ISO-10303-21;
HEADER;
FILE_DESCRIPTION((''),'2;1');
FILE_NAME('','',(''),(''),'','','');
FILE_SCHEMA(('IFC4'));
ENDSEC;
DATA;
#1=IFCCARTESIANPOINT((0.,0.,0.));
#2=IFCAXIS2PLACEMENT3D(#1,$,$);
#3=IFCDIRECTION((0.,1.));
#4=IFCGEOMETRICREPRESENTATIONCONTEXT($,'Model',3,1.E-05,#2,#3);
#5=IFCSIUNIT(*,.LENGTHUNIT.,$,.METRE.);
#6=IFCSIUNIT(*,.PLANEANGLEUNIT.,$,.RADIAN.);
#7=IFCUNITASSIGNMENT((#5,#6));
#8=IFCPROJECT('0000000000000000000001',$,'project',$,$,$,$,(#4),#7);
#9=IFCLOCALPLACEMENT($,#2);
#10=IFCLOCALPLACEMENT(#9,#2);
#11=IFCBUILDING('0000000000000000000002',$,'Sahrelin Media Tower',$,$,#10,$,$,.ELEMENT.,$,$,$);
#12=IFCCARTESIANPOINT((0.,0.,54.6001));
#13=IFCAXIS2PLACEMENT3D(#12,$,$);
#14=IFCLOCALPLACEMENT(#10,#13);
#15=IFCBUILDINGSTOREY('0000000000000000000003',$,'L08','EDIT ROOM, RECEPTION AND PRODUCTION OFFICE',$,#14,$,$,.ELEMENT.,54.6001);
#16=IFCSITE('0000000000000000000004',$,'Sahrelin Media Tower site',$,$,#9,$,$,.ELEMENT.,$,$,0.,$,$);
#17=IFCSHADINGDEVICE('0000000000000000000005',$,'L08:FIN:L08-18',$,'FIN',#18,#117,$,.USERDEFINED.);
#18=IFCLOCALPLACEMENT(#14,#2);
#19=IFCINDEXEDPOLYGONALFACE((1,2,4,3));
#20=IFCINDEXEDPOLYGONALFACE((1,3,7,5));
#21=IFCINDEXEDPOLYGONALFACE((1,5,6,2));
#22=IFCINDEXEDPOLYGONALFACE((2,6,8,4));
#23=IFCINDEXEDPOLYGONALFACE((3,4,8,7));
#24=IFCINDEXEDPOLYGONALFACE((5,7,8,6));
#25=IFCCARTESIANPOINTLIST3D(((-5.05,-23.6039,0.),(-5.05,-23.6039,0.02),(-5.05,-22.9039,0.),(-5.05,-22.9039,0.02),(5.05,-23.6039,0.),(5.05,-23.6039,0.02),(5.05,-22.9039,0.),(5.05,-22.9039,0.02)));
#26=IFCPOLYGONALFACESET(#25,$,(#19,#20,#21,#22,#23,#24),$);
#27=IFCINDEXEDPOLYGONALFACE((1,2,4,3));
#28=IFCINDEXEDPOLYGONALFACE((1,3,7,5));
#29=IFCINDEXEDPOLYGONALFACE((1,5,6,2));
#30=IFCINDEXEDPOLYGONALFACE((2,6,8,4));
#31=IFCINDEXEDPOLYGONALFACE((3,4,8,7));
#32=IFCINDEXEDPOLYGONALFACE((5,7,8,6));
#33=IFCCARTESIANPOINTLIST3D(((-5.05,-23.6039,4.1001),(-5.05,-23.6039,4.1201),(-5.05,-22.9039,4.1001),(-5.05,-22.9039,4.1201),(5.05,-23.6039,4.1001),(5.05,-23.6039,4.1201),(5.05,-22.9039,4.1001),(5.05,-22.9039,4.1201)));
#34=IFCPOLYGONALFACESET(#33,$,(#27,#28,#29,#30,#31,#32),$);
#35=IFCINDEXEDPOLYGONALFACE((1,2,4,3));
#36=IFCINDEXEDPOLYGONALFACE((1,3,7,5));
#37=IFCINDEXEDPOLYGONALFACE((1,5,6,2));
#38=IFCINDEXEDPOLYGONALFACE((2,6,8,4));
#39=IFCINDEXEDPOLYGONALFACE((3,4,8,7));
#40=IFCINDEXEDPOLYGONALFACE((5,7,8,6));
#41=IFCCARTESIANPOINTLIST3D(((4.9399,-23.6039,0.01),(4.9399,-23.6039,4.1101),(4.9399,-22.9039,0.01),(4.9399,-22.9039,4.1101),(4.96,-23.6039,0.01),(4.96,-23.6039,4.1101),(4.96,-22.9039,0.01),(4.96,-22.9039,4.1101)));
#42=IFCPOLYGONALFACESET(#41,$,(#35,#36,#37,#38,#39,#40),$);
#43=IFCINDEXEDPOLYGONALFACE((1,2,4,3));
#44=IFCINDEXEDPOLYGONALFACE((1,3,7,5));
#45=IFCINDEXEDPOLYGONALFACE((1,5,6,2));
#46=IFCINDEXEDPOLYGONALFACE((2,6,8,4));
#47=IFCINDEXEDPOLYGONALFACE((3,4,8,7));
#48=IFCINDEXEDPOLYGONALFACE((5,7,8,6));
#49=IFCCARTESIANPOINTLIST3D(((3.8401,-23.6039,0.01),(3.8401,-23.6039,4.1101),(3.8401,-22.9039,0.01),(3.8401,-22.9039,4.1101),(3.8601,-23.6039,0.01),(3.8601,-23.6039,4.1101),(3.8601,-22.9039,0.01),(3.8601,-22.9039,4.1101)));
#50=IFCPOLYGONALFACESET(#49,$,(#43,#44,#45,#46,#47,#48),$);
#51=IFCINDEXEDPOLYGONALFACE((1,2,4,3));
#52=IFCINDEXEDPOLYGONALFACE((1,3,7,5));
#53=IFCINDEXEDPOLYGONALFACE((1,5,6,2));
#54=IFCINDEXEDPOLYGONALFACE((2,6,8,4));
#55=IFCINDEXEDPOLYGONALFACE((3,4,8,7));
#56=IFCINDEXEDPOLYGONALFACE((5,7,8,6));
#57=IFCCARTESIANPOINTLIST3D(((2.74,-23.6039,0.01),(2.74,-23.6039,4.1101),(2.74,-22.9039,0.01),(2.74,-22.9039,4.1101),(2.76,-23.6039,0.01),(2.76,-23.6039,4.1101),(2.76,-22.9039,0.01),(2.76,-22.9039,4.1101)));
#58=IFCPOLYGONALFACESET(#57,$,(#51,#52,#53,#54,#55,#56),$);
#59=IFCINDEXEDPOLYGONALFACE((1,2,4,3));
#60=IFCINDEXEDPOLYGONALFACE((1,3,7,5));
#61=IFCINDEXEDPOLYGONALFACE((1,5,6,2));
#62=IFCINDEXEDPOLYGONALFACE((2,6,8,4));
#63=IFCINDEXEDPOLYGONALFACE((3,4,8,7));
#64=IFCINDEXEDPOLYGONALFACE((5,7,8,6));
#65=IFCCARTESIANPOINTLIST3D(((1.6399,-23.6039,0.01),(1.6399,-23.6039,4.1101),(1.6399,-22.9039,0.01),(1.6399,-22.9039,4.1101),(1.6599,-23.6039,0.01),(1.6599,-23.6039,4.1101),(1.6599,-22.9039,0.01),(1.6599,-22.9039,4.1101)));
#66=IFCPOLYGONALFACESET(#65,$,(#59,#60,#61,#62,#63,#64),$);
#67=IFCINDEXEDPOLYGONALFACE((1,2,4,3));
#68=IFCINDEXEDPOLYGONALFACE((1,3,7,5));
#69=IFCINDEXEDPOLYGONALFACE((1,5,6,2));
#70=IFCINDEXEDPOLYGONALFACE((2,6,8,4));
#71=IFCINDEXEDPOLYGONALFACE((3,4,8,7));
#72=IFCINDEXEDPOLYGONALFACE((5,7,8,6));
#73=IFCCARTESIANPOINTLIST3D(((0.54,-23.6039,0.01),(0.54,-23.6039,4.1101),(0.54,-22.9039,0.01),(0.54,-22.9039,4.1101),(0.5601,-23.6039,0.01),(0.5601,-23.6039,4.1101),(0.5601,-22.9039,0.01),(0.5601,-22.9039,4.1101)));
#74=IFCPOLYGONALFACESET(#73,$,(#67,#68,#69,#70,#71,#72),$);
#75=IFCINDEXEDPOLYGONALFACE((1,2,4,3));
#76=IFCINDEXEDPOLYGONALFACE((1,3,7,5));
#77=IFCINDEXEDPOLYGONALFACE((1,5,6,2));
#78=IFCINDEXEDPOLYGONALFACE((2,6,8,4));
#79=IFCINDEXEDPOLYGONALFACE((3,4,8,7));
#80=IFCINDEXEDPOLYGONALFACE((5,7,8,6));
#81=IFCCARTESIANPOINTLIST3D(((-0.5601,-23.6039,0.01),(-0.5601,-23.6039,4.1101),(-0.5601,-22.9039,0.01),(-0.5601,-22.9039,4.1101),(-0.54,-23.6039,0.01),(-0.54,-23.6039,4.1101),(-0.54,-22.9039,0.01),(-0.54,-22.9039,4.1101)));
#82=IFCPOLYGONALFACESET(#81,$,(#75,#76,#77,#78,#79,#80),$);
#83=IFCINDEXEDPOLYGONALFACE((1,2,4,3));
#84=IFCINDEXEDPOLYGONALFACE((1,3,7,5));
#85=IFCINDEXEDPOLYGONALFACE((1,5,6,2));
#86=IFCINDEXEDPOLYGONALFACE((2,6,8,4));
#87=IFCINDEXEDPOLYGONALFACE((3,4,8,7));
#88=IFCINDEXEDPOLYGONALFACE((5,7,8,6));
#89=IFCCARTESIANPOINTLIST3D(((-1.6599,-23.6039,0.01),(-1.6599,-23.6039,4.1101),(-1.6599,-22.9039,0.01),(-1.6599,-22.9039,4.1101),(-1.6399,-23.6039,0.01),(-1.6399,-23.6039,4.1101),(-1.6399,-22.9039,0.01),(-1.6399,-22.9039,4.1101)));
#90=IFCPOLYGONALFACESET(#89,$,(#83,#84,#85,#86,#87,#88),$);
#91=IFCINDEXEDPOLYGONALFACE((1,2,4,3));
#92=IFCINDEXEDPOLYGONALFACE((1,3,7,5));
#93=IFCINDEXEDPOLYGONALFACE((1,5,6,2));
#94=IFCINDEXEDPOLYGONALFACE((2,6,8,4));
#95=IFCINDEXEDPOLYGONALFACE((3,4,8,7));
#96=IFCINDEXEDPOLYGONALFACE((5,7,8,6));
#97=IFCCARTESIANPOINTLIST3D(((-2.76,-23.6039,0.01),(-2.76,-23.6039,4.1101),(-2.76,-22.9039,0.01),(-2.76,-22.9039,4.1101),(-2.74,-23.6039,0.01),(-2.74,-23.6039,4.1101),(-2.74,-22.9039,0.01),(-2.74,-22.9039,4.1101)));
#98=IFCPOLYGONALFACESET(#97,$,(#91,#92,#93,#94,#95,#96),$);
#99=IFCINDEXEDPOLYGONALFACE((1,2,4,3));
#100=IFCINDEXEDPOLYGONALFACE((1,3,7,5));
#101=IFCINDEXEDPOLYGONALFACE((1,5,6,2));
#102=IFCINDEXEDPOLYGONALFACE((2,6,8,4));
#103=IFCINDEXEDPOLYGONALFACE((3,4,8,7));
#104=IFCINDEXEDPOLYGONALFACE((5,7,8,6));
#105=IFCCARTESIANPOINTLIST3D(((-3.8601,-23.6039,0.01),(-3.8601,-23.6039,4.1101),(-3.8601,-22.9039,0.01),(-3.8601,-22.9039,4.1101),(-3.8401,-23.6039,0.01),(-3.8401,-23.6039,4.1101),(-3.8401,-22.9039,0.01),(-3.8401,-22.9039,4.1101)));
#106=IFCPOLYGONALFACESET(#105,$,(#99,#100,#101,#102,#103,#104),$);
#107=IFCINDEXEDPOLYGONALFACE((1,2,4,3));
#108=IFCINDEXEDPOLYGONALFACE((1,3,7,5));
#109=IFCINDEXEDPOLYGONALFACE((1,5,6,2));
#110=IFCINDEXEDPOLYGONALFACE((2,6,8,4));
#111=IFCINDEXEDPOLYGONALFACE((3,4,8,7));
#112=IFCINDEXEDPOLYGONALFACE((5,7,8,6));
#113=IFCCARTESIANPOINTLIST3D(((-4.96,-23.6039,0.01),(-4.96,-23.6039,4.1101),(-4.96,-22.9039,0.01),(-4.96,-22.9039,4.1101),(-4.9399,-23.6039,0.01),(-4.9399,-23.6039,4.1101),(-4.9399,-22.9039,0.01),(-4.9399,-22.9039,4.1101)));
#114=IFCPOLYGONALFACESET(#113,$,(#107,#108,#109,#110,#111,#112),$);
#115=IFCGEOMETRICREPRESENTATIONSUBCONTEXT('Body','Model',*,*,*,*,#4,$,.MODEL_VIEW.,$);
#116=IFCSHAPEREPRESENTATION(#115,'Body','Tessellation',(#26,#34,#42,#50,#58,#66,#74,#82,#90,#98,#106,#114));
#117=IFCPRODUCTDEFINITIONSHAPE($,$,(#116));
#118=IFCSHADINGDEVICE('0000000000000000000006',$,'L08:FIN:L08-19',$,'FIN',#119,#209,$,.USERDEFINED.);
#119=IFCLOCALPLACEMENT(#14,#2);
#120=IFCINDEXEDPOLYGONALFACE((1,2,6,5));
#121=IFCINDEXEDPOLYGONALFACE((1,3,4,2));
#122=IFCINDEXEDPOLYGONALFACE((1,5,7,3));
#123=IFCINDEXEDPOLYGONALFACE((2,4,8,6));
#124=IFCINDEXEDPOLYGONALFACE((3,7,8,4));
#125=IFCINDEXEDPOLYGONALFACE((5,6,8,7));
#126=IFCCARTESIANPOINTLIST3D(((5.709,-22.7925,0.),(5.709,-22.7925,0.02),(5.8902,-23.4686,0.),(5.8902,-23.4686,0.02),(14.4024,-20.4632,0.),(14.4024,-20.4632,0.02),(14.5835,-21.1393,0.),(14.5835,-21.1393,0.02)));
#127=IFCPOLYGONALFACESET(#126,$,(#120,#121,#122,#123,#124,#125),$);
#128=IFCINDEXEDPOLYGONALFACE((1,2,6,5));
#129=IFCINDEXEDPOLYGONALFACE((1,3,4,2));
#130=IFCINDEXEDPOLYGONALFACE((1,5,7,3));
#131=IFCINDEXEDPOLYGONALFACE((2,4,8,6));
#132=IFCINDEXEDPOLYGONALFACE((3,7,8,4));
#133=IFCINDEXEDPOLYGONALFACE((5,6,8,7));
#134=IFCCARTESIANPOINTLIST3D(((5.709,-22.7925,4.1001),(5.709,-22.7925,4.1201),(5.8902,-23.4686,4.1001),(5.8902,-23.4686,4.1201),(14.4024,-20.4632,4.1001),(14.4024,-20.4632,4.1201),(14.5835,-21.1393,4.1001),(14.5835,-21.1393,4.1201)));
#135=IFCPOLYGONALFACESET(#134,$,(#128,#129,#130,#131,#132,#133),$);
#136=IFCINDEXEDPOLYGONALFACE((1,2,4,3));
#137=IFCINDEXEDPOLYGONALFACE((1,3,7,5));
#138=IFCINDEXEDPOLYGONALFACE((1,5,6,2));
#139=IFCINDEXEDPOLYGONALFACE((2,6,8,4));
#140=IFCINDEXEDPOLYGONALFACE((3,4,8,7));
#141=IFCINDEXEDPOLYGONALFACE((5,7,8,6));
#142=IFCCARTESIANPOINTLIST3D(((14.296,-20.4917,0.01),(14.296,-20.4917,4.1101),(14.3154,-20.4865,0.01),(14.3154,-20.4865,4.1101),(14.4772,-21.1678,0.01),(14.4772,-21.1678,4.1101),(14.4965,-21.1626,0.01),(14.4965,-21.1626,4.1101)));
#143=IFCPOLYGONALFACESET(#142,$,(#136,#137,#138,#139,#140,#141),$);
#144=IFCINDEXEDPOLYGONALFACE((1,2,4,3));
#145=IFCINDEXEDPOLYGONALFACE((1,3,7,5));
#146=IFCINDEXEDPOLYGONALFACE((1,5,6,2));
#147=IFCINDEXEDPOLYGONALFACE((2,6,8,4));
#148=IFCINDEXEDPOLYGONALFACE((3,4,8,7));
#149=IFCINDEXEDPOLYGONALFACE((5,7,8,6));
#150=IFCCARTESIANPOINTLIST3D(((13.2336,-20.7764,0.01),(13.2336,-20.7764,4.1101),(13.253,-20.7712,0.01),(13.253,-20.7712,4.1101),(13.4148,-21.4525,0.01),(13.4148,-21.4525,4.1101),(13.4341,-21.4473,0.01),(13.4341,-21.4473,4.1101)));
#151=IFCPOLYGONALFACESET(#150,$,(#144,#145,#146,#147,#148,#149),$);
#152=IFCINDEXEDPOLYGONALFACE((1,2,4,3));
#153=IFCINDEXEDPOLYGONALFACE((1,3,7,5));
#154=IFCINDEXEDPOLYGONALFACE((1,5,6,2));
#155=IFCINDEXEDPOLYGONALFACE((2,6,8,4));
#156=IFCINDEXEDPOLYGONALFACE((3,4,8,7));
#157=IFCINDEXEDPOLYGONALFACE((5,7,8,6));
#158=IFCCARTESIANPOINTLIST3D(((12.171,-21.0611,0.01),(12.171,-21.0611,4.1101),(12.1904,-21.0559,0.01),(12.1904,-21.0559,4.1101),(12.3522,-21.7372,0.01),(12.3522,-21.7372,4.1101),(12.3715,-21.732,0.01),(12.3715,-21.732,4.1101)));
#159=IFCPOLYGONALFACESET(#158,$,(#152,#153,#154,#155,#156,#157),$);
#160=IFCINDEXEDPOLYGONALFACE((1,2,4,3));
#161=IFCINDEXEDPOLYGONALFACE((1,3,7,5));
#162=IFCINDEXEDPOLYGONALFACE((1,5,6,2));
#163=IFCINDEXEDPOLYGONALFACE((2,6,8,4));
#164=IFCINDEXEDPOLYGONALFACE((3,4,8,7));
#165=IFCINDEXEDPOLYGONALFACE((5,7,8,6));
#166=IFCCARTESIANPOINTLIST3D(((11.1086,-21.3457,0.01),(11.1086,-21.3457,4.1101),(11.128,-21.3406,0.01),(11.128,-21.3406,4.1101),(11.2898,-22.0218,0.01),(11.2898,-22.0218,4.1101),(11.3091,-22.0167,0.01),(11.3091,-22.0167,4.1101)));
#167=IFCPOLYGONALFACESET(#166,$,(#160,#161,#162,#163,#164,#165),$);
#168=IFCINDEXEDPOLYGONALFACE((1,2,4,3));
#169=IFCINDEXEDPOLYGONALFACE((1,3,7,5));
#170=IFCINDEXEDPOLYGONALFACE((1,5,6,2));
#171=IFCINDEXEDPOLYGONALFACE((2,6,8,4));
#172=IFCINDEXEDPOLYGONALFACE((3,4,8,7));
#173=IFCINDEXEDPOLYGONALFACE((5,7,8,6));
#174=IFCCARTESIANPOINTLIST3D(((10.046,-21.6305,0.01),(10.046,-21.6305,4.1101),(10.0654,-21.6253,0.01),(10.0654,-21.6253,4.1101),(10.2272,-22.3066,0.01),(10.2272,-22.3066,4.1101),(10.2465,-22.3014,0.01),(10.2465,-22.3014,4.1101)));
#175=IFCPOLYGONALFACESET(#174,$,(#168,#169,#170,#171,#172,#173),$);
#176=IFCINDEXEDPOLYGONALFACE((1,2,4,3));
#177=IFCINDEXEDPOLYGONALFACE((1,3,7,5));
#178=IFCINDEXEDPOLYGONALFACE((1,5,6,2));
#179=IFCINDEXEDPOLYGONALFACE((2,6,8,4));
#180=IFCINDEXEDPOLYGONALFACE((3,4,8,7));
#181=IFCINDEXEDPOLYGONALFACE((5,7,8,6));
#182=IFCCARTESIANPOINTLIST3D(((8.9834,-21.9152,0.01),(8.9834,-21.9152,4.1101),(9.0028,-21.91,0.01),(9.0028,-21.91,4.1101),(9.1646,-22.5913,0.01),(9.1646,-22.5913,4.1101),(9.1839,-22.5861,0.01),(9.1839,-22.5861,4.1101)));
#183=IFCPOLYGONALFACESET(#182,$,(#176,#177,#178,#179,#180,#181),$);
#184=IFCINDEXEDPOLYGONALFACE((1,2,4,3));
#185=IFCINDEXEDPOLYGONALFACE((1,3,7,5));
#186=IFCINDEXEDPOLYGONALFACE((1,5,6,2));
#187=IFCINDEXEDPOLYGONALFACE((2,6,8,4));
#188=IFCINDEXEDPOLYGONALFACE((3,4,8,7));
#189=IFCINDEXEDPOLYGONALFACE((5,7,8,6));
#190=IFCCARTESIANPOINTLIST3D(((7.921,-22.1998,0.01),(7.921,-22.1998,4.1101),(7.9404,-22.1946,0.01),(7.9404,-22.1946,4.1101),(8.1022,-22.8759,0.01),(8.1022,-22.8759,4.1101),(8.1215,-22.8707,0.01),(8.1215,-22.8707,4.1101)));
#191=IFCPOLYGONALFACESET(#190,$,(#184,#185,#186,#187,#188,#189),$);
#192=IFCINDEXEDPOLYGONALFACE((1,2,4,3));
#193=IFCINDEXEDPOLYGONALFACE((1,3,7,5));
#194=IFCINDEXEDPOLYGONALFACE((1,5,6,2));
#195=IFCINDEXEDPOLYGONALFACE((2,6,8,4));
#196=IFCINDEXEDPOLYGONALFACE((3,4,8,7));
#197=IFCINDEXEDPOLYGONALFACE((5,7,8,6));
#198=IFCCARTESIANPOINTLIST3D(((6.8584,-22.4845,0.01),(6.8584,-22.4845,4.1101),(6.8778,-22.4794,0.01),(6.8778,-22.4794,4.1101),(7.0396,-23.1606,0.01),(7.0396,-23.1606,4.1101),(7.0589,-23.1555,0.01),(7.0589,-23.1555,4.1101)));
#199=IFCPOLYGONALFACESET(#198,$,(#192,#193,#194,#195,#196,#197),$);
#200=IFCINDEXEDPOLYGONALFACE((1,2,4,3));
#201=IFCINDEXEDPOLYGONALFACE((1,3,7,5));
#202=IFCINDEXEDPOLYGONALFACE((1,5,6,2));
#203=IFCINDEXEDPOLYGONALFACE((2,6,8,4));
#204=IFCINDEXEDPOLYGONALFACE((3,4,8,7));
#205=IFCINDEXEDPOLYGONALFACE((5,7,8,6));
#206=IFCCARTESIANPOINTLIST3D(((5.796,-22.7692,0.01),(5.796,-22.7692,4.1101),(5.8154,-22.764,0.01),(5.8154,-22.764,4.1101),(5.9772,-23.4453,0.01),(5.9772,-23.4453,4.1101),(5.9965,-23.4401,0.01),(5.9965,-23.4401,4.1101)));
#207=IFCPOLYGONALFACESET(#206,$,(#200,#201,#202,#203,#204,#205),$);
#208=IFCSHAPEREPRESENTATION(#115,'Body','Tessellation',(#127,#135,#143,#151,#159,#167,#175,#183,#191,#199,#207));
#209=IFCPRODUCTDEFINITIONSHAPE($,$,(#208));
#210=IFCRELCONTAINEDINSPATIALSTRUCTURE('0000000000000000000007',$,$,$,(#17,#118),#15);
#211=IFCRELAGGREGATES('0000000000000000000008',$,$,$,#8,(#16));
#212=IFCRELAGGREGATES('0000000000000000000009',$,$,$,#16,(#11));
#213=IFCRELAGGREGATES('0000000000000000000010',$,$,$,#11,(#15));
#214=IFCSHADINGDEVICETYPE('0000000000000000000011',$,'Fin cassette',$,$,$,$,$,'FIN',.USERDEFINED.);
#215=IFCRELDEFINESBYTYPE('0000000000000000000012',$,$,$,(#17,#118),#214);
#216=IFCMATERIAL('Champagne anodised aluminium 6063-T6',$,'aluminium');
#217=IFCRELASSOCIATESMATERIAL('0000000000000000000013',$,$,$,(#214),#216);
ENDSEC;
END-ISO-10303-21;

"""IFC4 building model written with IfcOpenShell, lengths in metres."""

from ifc_helpers import new_model, si_unit, direction, frame, origin, origin_2d, place, context, subcontext, project, spatial, rectangle, extrude, material, type_object, element, save


model = new_model("IFC4")

# Units and contexts
model_context = context("Model", 3, precision=1e-05, world=origin(), true_north=direction((0.0, 1.0)))
body_context = subcontext(model_context, "Body", "Model", "MODEL_VIEW")
ifc_project = project(units=[si_unit("LENGTHUNIT", "METRE"), si_unit("PLANEANGLEUNIT", "RADIAN")], contexts=[model_context])

# Site, building, storey
site_placement = place(None, origin())
site = spatial("IfcSite", under=ifc_project, at=site_placement, Name="Sahrelin Media Tower site", CompositionType="ELEMENT", RefElevation=0.0)
building_placement = place(site_placement, origin())
building = spatial("IfcBuilding", under=site, at=building_placement, Name="Sahrelin Media Tower", CompositionType="ELEMENT")
storey_placement = place(building_placement, frame((0.0, 0.0, 54.6001)))
storey = spatial("IfcBuildingStorey", under=building, at=storey_placement, Name="L08", Description="EDIT ROOM, RECEPTION AND PRODUCTION OFFICE", CompositionType="ELEMENT", Elevation=54.6001)

# Shared definitions
ifc_material_1 = material(Name="Champagne anodised aluminium 6063-T6", Category="aluminium")

# Shading devices
shading_device_type_1 = type_object("IfcShadingDeviceType", Name="Fin cassette", ElementType="FIN", PredefinedType="USERDEFINED", material=ifc_material_1)
placement_1 = place(storey_placement, frame((0.0, -22.834, 0.0), z_axis=(0.0, 0.0, 1.0), x_axis=(-1.0, 0.0, 0.0)))
element("IfcShadingDevice", 1, at=placement_1, inside=storey, type_object=shading_device_type_1, Name="L08:FIN:L08-18", ObjectType="FIN", PredefinedType="USERDEFINED", context=body_context, shape_type="SweptSolid", body=[
    extrude(rectangle(XDim=10.1001, YDim=0.7, at=origin_2d()), frame((0.0, 0.4199, 0.0)), (0.0, 0.0, 1.0), 0.02),
    extrude(rectangle(XDim=10.1001, YDim=0.7, at=origin_2d()), frame((0.0, 0.4199, 4.1001)), (0.0, 0.0, 1.0), 0.02),
    extrude(rectangle(XDim=0.02, YDim=0.7, at=origin_2d()), frame((-4.95, 0.4199, 0.01), z_axis=(0.0, 0.0, 1.0), x_axis=(1.0, 0.0, 0.0)), (0.0, 0.0, 1.0), 4.1001),
    extrude(rectangle(XDim=0.02, YDim=0.7, at=origin_2d()), frame((-3.8501, 0.4199, 0.01), z_axis=(0.0, 0.0, 1.0), x_axis=(1.0, 0.0, 0.0)), (0.0, 0.0, 1.0), 4.1001),
    extrude(rectangle(XDim=0.02, YDim=0.7, at=origin_2d()), frame((-2.75, 0.4199, 0.01), z_axis=(0.0, 0.0, 1.0), x_axis=(1.0, 0.0, 0.0)), (0.0, 0.0, 1.0), 4.1001),
    extrude(rectangle(XDim=0.02, YDim=0.7, at=origin_2d()), frame((-1.6499, 0.4199, 0.01), z_axis=(0.0, 0.0, 1.0), x_axis=(1.0, 0.0, 0.0)), (0.0, 0.0, 1.0), 4.1001),
    extrude(rectangle(XDim=0.02, YDim=0.7, at=origin_2d()), frame((-0.55, 0.4199, 0.01), z_axis=(0.0, 0.0, 1.0), x_axis=(1.0, 0.0, 0.0)), (0.0, 0.0, 1.0), 4.1001),
    extrude(rectangle(XDim=0.02, YDim=0.7, at=origin_2d()), frame((0.55, 0.4199, 0.01), z_axis=(0.0, 0.0, 1.0), x_axis=(1.0, 0.0, 0.0)), (0.0, 0.0, 1.0), 4.1001),
    extrude(rectangle(XDim=0.02, YDim=0.7, at=origin_2d()), frame((1.6499, 0.4199, 0.01), z_axis=(0.0, 0.0, 1.0), x_axis=(1.0, 0.0, 0.0)), (0.0, 0.0, 1.0), 4.1001),
    extrude(rectangle(XDim=0.02, YDim=0.7, at=origin_2d()), frame((2.75, 0.4199, 0.01), z_axis=(0.0, 0.0, 1.0), x_axis=(1.0, 0.0, 0.0)), (0.0, 0.0, 1.0), 4.1001),
    extrude(rectangle(XDim=0.02, YDim=0.7, at=origin_2d()), frame((3.8501, 0.4199, 0.01), z_axis=(0.0, 0.0, 1.0), x_axis=(1.0, 0.0, 0.0)), (0.0, 0.0, 1.0), 4.1001),
    extrude(rectangle(XDim=0.02, YDim=0.7, at=origin_2d()), frame((4.95, 0.4199, 0.01), z_axis=(0.0, 0.0, 1.0), x_axis=(1.0, 0.0, 0.0)), (0.0, 0.0, 1.0), 4.1001),
])
placement_2 = place(storey_placement, frame((10.0376, -21.5603, 0.0), z_axis=(0.0, 0.0, 1.0), x_axis=(-0.965929, -0.258808, 0.0)))
element("IfcShadingDevice", 2, at=placement_2, inside=storey, type_object=shading_device_type_1, Name="L08:FIN:L08-19", ObjectType="FIN", PredefinedType="USERDEFINED", context=body_context, shape_type="SweptSolid", body=[
    extrude(rectangle(XDim=9.0, YDim=0.7, at=origin_2d()), frame((0.0, 0.4199, 0.0)), (0.0, 0.0, 1.0), 0.02),
    extrude(rectangle(XDim=9.0, YDim=0.7, at=origin_2d()), frame((0.0, 0.4199, 4.1001)), (0.0, 0.0, 1.0), 0.02),
    extrude(rectangle(XDim=0.02, YDim=0.7, at=origin_2d()), frame((-4.3999, 0.4199, 0.01), z_axis=(0.0, 0.0, 1.0), x_axis=(1.0, 0.0, 0.0)), (0.0, 0.0, 1.0), 4.1001),
    extrude(rectangle(XDim=0.02, YDim=0.7, at=origin_2d()), frame((-3.3, 0.4199, 0.01), z_axis=(0.0, 0.0, 1.0), x_axis=(1.0, 0.0, 0.0)), (0.0, 0.0, 1.0), 4.1001),
    extrude(rectangle(XDim=0.02, YDim=0.7, at=origin_2d()), frame((-2.2, 0.4199, 0.01), z_axis=(0.0, 0.0, 1.0), x_axis=(1.0, 0.0, 0.0)), (0.0, 0.0, 1.0), 4.1001),
    extrude(rectangle(XDim=0.02, YDim=0.7, at=origin_2d()), frame((-1.1001, 0.4199, 0.01), z_axis=(0.0, 0.0, 1.0), x_axis=(1.0, 0.0, 0.0)), (0.0, 0.0, 1.0), 4.1001),
    extrude(rectangle(XDim=0.02, YDim=0.7, at=origin_2d()), frame((0.0, 0.4199, 0.01), z_axis=(0.0, 0.0, 1.0), x_axis=(1.0, 0.0, 0.0)), (0.0, 0.0, 1.0), 4.1001),
    extrude(rectangle(XDim=0.02, YDim=0.7, at=origin_2d()), frame((1.1001, 0.4199, 0.01), z_axis=(0.0, 0.0, 1.0), x_axis=(1.0, 0.0, 0.0)), (0.0, 0.0, 1.0), 4.1001),
    extrude(rectangle(XDim=0.02, YDim=0.7, at=origin_2d()), frame((2.2, 0.4199, 0.01), z_axis=(0.0, 0.0, 1.0), x_axis=(1.0, 0.0, 0.0)), (0.0, 0.0, 1.0), 4.1001),
    extrude(rectangle(XDim=0.02, YDim=0.7, at=origin_2d()), frame((3.3, 0.4199, 0.01), z_axis=(0.0, 0.0, 1.0), x_axis=(1.0, 0.0, 0.0)), (0.0, 0.0, 1.0), 4.1001),
    extrude(rectangle(XDim=0.02, YDim=0.7, at=origin_2d()), frame((4.3999, 0.4199, 0.01), z_axis=(0.0, 0.0, 1.0), x_axis=(1.0, 0.0, 0.0)), (0.0, 0.0, 1.0), 4.1001),
])

save(model, "model.ifc")
